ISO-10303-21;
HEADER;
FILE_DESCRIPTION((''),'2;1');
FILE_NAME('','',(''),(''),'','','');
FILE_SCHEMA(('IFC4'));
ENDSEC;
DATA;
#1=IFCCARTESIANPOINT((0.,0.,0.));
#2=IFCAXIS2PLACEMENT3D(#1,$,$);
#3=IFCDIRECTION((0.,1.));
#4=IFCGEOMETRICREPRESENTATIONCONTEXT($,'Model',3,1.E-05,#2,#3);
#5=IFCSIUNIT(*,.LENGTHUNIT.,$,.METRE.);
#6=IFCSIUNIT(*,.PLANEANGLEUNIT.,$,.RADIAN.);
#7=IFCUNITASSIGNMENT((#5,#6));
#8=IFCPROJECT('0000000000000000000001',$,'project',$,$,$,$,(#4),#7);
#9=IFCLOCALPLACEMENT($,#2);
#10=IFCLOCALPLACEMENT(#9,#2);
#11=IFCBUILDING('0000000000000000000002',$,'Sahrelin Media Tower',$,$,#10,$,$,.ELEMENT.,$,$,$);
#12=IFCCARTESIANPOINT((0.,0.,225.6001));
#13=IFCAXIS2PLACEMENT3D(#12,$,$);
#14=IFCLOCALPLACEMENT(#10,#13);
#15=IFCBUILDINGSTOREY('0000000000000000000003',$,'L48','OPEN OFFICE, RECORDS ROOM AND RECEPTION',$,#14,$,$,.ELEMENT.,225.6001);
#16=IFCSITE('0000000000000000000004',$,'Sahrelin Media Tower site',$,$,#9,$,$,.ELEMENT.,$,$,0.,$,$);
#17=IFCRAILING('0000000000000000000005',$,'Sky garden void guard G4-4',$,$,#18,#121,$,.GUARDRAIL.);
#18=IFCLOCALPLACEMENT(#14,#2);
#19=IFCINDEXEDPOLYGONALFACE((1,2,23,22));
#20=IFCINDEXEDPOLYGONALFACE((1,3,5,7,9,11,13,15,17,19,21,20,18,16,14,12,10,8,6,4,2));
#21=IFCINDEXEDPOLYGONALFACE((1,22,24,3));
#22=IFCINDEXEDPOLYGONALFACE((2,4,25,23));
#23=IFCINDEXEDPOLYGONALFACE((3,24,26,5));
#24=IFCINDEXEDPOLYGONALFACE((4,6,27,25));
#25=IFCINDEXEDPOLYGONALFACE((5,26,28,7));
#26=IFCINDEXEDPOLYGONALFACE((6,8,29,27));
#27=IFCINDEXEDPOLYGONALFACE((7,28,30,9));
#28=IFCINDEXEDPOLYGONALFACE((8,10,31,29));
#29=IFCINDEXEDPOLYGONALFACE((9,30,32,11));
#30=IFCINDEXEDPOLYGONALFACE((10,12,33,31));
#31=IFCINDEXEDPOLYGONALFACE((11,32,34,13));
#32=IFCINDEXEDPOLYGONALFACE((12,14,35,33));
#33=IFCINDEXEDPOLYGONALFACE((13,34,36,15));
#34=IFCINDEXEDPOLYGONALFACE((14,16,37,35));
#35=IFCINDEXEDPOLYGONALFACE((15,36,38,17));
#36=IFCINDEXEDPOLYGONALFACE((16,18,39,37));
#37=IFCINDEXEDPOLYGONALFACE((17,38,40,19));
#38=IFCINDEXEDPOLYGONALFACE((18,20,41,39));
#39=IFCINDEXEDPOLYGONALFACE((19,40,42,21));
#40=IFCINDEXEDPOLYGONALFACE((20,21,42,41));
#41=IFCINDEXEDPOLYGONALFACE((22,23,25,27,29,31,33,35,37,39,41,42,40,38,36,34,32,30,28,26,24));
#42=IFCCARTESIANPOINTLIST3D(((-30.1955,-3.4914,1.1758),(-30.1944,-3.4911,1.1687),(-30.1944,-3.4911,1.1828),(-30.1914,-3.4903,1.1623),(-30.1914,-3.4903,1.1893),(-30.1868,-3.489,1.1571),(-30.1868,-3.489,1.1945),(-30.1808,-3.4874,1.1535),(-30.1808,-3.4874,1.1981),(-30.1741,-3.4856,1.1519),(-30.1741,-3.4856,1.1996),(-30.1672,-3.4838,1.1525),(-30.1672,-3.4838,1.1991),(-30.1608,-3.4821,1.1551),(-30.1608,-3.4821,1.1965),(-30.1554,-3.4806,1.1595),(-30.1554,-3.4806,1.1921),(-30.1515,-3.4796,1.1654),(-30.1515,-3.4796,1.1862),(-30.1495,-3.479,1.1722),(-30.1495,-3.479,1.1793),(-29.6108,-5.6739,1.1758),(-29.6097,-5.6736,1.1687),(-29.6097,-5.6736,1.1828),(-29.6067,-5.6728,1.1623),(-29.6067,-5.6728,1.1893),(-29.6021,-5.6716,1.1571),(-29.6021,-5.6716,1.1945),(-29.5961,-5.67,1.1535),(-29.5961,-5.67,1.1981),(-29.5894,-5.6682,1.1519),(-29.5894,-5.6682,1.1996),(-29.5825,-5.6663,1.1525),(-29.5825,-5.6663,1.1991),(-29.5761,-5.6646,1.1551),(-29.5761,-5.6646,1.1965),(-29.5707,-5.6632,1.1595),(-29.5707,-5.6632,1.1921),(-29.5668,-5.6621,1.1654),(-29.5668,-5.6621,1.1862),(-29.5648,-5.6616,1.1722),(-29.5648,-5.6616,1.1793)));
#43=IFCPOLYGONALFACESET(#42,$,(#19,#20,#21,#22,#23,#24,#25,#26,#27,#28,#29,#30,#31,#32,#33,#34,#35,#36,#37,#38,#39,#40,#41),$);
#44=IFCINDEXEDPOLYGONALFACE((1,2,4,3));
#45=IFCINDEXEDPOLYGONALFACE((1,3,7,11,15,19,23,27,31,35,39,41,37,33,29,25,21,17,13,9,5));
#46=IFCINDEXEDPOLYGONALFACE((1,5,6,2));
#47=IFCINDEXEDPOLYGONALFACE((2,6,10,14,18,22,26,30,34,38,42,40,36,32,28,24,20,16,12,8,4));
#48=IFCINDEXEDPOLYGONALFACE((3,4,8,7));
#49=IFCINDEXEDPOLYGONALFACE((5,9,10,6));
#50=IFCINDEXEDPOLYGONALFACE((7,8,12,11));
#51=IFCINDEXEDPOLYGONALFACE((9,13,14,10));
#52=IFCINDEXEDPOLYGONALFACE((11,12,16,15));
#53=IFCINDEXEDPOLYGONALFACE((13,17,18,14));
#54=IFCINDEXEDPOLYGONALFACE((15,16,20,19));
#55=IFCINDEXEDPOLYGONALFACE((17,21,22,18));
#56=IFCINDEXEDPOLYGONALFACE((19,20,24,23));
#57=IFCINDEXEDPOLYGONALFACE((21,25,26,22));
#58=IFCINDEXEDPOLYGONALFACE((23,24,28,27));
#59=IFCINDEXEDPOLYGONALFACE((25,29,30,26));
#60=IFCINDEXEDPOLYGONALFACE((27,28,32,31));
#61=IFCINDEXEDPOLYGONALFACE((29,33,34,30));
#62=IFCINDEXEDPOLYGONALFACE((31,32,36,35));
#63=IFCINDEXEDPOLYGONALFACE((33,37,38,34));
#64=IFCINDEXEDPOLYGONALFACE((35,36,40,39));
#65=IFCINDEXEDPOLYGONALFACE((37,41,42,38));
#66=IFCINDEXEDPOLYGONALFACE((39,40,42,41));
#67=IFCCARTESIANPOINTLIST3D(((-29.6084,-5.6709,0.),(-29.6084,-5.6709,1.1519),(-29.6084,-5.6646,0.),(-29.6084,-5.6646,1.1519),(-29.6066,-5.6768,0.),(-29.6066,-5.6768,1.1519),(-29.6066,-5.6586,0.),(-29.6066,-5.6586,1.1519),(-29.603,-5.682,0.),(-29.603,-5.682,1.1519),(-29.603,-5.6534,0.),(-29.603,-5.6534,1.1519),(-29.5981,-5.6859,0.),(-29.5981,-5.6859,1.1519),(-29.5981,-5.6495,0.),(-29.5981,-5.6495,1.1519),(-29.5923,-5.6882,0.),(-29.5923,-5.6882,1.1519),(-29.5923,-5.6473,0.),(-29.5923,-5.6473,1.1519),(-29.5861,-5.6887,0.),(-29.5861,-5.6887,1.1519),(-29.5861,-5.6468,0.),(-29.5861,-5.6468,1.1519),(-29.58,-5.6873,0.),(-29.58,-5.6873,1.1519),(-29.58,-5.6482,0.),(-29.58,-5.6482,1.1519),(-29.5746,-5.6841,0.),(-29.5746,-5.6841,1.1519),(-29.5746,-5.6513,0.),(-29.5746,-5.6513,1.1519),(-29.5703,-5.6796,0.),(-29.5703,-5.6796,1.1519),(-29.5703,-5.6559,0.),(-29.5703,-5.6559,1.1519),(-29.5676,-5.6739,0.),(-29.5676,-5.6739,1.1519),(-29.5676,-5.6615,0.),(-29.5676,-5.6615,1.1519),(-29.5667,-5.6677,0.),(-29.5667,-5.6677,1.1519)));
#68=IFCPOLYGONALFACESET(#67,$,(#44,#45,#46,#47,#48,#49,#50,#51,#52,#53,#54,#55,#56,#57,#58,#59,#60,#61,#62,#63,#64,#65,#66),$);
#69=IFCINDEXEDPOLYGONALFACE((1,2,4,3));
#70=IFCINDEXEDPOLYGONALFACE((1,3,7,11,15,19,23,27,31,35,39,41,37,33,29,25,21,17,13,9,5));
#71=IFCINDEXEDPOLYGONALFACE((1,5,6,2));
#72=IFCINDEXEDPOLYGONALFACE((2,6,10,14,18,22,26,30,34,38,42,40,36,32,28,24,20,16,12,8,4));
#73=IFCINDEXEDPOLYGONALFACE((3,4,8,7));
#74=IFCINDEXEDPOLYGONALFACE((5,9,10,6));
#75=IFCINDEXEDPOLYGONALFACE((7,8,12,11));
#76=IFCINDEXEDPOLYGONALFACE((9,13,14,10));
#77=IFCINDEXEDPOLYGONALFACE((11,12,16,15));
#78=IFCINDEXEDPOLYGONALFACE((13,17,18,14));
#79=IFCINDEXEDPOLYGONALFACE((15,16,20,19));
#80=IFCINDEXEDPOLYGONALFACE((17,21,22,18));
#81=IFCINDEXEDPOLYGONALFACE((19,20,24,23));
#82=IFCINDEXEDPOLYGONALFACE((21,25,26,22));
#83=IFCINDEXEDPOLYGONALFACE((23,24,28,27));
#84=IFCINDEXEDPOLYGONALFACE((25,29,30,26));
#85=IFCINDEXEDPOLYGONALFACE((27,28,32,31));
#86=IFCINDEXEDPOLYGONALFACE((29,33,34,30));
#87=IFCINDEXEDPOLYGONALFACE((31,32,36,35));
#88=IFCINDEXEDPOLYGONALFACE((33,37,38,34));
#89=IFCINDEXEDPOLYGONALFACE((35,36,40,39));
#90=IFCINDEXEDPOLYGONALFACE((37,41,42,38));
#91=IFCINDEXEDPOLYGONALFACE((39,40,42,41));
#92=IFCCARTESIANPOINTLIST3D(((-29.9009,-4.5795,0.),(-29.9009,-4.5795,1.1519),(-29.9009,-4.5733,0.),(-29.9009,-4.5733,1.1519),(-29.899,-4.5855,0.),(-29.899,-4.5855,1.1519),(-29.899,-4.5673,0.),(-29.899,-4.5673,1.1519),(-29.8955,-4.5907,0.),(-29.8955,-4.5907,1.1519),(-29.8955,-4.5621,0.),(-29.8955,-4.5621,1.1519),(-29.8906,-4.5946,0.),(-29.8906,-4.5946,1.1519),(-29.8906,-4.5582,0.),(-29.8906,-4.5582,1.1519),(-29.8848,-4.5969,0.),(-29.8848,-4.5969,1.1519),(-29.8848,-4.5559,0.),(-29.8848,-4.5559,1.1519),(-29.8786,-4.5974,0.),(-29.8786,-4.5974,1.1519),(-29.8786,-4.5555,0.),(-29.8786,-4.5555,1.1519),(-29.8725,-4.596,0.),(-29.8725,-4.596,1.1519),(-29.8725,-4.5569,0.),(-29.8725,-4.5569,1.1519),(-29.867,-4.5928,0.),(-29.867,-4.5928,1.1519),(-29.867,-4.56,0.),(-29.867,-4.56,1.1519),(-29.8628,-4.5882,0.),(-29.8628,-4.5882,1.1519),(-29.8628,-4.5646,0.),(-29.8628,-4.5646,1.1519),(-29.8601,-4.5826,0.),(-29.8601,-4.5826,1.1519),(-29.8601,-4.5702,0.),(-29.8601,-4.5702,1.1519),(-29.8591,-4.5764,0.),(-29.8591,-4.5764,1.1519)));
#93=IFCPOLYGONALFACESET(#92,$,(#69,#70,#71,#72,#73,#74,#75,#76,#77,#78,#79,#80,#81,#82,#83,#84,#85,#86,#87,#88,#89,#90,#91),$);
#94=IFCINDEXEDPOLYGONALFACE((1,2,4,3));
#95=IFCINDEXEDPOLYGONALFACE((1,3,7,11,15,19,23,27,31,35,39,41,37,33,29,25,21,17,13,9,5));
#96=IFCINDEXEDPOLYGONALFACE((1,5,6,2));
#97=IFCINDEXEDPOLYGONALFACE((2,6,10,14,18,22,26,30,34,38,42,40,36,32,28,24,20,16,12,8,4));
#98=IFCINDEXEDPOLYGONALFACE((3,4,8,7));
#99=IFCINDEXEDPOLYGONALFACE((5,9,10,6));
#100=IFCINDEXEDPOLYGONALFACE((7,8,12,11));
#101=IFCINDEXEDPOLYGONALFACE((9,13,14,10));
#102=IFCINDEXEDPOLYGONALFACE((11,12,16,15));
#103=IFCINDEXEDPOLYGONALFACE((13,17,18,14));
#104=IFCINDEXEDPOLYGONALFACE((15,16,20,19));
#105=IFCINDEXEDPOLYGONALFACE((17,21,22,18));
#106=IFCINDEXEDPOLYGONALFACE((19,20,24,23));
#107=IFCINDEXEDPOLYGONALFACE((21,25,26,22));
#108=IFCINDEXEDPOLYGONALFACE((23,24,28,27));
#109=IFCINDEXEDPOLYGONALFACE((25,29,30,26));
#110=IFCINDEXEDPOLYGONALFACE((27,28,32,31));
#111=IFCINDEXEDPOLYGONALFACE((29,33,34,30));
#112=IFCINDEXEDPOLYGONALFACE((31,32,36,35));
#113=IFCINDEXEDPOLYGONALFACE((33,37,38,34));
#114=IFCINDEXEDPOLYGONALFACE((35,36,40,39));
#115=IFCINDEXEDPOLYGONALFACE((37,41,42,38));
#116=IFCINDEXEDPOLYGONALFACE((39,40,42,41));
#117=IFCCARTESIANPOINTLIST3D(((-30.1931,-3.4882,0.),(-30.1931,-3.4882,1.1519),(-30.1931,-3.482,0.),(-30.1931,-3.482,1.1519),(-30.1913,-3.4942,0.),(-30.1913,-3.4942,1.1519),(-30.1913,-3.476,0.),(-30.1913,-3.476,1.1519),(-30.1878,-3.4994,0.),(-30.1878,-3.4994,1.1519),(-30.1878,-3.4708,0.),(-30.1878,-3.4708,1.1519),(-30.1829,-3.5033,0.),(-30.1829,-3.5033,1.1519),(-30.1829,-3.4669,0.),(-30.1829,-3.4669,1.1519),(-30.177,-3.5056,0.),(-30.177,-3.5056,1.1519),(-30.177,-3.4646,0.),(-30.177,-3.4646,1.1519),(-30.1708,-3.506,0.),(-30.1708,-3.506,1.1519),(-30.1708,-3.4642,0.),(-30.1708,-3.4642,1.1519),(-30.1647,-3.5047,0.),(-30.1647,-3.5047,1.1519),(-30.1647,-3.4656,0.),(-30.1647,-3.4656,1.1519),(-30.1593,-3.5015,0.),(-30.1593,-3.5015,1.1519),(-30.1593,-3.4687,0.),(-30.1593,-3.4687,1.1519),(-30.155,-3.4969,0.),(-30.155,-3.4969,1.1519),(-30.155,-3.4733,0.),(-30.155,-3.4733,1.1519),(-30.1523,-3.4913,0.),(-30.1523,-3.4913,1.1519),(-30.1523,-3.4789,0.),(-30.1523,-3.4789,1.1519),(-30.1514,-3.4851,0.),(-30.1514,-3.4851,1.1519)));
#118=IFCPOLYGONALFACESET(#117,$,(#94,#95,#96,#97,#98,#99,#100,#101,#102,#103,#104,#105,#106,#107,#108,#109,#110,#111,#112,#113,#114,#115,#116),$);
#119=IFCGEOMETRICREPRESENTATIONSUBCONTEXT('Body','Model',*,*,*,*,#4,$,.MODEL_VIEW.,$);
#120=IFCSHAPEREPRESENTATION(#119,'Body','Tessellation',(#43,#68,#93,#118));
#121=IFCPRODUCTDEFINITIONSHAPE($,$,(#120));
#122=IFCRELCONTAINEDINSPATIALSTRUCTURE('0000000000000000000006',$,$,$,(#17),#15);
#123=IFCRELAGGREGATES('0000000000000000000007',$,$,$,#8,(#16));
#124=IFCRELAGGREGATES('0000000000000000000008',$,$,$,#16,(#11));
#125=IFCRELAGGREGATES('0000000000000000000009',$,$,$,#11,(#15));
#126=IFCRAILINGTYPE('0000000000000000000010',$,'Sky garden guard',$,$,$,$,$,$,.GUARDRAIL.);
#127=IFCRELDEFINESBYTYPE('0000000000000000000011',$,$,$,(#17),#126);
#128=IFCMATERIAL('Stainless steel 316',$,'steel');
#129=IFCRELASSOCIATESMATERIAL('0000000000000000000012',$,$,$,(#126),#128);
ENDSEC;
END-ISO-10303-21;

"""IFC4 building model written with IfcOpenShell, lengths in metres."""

from ifc_helpers import new_model, si_unit, direction, frame, origin, origin_2d, place, context, subcontext, project, spatial, circle, extrude, material, type_object, element, save


model = new_model("IFC4")

# Units and contexts
model_context = context("Model", 3, precision=1e-05, world=origin(), true_north=direction((0.0, 1.0)))
body_context = subcontext(model_context, "Body", "Model", "MODEL_VIEW")
ifc_project = project(units=[si_unit("LENGTHUNIT", "METRE"), si_unit("PLANEANGLEUNIT", "RADIAN")], contexts=[model_context])

# Site, building, storey
site_placement = place(None, origin())
site = spatial("IfcSite", under=ifc_project, at=site_placement, Name="Sahrelin Media Tower site", CompositionType="ELEMENT", RefElevation=0.0)
building_placement = place(site_placement, origin())
building = spatial("IfcBuilding", under=site, at=building_placement, Name="Sahrelin Media Tower", CompositionType="ELEMENT")
storey_placement = place(building_placement, frame((0.0, 0.0, 225.6001)))
storey = spatial("IfcBuildingStorey", under=building, at=storey_placement, Name="L48", Description="OPEN OFFICE, RECORDS ROOM AND RECEPTION", CompositionType="ELEMENT", Elevation=225.6001)

# Railing
ifc_material_1 = material(Name="Stainless steel 316", Category="steel")
railing_type = type_object("IfcRailingType", Name="Sky garden guard", PredefinedType="GUARDRAIL", material=ifc_material_1)
railing_1_placement = place(storey_placement, frame((-29.5876, -5.6677, 0.0)))
element("IfcRailing", 1, at=railing_1_placement, inside=storey, type_object=railing_type, Name="Sky garden void guard G4-4", PredefinedType="GUARDRAIL", context=body_context, shape_type="SweptSolid", body=[
    extrude(circle(Radius=0.0239, at=origin_2d()), frame((0.0, 0.0, 1.1758), z_axis=(-0.258772, 0.965938, 0.0), x_axis=(-0.965938, -0.258772, 0.0)), (0.0, 0.0, 1.0), 2.2595),
    extrude(circle(Radius=0.021, at=origin_2d()), origin(), (0.0, 0.0, 1.0), 1.1519),
    extrude(circle(Radius=0.021, at=origin_2d()), frame((-0.2925, 1.0913, 0.0)), (0.0, 0.0, 1.0), 1.1519),
    extrude(circle(Radius=0.021, at=origin_2d()), frame((-0.5847, 2.1826, 0.0)), (0.0, 0.0, 1.0), 1.1519),
])

save(model, "model.ifc")
